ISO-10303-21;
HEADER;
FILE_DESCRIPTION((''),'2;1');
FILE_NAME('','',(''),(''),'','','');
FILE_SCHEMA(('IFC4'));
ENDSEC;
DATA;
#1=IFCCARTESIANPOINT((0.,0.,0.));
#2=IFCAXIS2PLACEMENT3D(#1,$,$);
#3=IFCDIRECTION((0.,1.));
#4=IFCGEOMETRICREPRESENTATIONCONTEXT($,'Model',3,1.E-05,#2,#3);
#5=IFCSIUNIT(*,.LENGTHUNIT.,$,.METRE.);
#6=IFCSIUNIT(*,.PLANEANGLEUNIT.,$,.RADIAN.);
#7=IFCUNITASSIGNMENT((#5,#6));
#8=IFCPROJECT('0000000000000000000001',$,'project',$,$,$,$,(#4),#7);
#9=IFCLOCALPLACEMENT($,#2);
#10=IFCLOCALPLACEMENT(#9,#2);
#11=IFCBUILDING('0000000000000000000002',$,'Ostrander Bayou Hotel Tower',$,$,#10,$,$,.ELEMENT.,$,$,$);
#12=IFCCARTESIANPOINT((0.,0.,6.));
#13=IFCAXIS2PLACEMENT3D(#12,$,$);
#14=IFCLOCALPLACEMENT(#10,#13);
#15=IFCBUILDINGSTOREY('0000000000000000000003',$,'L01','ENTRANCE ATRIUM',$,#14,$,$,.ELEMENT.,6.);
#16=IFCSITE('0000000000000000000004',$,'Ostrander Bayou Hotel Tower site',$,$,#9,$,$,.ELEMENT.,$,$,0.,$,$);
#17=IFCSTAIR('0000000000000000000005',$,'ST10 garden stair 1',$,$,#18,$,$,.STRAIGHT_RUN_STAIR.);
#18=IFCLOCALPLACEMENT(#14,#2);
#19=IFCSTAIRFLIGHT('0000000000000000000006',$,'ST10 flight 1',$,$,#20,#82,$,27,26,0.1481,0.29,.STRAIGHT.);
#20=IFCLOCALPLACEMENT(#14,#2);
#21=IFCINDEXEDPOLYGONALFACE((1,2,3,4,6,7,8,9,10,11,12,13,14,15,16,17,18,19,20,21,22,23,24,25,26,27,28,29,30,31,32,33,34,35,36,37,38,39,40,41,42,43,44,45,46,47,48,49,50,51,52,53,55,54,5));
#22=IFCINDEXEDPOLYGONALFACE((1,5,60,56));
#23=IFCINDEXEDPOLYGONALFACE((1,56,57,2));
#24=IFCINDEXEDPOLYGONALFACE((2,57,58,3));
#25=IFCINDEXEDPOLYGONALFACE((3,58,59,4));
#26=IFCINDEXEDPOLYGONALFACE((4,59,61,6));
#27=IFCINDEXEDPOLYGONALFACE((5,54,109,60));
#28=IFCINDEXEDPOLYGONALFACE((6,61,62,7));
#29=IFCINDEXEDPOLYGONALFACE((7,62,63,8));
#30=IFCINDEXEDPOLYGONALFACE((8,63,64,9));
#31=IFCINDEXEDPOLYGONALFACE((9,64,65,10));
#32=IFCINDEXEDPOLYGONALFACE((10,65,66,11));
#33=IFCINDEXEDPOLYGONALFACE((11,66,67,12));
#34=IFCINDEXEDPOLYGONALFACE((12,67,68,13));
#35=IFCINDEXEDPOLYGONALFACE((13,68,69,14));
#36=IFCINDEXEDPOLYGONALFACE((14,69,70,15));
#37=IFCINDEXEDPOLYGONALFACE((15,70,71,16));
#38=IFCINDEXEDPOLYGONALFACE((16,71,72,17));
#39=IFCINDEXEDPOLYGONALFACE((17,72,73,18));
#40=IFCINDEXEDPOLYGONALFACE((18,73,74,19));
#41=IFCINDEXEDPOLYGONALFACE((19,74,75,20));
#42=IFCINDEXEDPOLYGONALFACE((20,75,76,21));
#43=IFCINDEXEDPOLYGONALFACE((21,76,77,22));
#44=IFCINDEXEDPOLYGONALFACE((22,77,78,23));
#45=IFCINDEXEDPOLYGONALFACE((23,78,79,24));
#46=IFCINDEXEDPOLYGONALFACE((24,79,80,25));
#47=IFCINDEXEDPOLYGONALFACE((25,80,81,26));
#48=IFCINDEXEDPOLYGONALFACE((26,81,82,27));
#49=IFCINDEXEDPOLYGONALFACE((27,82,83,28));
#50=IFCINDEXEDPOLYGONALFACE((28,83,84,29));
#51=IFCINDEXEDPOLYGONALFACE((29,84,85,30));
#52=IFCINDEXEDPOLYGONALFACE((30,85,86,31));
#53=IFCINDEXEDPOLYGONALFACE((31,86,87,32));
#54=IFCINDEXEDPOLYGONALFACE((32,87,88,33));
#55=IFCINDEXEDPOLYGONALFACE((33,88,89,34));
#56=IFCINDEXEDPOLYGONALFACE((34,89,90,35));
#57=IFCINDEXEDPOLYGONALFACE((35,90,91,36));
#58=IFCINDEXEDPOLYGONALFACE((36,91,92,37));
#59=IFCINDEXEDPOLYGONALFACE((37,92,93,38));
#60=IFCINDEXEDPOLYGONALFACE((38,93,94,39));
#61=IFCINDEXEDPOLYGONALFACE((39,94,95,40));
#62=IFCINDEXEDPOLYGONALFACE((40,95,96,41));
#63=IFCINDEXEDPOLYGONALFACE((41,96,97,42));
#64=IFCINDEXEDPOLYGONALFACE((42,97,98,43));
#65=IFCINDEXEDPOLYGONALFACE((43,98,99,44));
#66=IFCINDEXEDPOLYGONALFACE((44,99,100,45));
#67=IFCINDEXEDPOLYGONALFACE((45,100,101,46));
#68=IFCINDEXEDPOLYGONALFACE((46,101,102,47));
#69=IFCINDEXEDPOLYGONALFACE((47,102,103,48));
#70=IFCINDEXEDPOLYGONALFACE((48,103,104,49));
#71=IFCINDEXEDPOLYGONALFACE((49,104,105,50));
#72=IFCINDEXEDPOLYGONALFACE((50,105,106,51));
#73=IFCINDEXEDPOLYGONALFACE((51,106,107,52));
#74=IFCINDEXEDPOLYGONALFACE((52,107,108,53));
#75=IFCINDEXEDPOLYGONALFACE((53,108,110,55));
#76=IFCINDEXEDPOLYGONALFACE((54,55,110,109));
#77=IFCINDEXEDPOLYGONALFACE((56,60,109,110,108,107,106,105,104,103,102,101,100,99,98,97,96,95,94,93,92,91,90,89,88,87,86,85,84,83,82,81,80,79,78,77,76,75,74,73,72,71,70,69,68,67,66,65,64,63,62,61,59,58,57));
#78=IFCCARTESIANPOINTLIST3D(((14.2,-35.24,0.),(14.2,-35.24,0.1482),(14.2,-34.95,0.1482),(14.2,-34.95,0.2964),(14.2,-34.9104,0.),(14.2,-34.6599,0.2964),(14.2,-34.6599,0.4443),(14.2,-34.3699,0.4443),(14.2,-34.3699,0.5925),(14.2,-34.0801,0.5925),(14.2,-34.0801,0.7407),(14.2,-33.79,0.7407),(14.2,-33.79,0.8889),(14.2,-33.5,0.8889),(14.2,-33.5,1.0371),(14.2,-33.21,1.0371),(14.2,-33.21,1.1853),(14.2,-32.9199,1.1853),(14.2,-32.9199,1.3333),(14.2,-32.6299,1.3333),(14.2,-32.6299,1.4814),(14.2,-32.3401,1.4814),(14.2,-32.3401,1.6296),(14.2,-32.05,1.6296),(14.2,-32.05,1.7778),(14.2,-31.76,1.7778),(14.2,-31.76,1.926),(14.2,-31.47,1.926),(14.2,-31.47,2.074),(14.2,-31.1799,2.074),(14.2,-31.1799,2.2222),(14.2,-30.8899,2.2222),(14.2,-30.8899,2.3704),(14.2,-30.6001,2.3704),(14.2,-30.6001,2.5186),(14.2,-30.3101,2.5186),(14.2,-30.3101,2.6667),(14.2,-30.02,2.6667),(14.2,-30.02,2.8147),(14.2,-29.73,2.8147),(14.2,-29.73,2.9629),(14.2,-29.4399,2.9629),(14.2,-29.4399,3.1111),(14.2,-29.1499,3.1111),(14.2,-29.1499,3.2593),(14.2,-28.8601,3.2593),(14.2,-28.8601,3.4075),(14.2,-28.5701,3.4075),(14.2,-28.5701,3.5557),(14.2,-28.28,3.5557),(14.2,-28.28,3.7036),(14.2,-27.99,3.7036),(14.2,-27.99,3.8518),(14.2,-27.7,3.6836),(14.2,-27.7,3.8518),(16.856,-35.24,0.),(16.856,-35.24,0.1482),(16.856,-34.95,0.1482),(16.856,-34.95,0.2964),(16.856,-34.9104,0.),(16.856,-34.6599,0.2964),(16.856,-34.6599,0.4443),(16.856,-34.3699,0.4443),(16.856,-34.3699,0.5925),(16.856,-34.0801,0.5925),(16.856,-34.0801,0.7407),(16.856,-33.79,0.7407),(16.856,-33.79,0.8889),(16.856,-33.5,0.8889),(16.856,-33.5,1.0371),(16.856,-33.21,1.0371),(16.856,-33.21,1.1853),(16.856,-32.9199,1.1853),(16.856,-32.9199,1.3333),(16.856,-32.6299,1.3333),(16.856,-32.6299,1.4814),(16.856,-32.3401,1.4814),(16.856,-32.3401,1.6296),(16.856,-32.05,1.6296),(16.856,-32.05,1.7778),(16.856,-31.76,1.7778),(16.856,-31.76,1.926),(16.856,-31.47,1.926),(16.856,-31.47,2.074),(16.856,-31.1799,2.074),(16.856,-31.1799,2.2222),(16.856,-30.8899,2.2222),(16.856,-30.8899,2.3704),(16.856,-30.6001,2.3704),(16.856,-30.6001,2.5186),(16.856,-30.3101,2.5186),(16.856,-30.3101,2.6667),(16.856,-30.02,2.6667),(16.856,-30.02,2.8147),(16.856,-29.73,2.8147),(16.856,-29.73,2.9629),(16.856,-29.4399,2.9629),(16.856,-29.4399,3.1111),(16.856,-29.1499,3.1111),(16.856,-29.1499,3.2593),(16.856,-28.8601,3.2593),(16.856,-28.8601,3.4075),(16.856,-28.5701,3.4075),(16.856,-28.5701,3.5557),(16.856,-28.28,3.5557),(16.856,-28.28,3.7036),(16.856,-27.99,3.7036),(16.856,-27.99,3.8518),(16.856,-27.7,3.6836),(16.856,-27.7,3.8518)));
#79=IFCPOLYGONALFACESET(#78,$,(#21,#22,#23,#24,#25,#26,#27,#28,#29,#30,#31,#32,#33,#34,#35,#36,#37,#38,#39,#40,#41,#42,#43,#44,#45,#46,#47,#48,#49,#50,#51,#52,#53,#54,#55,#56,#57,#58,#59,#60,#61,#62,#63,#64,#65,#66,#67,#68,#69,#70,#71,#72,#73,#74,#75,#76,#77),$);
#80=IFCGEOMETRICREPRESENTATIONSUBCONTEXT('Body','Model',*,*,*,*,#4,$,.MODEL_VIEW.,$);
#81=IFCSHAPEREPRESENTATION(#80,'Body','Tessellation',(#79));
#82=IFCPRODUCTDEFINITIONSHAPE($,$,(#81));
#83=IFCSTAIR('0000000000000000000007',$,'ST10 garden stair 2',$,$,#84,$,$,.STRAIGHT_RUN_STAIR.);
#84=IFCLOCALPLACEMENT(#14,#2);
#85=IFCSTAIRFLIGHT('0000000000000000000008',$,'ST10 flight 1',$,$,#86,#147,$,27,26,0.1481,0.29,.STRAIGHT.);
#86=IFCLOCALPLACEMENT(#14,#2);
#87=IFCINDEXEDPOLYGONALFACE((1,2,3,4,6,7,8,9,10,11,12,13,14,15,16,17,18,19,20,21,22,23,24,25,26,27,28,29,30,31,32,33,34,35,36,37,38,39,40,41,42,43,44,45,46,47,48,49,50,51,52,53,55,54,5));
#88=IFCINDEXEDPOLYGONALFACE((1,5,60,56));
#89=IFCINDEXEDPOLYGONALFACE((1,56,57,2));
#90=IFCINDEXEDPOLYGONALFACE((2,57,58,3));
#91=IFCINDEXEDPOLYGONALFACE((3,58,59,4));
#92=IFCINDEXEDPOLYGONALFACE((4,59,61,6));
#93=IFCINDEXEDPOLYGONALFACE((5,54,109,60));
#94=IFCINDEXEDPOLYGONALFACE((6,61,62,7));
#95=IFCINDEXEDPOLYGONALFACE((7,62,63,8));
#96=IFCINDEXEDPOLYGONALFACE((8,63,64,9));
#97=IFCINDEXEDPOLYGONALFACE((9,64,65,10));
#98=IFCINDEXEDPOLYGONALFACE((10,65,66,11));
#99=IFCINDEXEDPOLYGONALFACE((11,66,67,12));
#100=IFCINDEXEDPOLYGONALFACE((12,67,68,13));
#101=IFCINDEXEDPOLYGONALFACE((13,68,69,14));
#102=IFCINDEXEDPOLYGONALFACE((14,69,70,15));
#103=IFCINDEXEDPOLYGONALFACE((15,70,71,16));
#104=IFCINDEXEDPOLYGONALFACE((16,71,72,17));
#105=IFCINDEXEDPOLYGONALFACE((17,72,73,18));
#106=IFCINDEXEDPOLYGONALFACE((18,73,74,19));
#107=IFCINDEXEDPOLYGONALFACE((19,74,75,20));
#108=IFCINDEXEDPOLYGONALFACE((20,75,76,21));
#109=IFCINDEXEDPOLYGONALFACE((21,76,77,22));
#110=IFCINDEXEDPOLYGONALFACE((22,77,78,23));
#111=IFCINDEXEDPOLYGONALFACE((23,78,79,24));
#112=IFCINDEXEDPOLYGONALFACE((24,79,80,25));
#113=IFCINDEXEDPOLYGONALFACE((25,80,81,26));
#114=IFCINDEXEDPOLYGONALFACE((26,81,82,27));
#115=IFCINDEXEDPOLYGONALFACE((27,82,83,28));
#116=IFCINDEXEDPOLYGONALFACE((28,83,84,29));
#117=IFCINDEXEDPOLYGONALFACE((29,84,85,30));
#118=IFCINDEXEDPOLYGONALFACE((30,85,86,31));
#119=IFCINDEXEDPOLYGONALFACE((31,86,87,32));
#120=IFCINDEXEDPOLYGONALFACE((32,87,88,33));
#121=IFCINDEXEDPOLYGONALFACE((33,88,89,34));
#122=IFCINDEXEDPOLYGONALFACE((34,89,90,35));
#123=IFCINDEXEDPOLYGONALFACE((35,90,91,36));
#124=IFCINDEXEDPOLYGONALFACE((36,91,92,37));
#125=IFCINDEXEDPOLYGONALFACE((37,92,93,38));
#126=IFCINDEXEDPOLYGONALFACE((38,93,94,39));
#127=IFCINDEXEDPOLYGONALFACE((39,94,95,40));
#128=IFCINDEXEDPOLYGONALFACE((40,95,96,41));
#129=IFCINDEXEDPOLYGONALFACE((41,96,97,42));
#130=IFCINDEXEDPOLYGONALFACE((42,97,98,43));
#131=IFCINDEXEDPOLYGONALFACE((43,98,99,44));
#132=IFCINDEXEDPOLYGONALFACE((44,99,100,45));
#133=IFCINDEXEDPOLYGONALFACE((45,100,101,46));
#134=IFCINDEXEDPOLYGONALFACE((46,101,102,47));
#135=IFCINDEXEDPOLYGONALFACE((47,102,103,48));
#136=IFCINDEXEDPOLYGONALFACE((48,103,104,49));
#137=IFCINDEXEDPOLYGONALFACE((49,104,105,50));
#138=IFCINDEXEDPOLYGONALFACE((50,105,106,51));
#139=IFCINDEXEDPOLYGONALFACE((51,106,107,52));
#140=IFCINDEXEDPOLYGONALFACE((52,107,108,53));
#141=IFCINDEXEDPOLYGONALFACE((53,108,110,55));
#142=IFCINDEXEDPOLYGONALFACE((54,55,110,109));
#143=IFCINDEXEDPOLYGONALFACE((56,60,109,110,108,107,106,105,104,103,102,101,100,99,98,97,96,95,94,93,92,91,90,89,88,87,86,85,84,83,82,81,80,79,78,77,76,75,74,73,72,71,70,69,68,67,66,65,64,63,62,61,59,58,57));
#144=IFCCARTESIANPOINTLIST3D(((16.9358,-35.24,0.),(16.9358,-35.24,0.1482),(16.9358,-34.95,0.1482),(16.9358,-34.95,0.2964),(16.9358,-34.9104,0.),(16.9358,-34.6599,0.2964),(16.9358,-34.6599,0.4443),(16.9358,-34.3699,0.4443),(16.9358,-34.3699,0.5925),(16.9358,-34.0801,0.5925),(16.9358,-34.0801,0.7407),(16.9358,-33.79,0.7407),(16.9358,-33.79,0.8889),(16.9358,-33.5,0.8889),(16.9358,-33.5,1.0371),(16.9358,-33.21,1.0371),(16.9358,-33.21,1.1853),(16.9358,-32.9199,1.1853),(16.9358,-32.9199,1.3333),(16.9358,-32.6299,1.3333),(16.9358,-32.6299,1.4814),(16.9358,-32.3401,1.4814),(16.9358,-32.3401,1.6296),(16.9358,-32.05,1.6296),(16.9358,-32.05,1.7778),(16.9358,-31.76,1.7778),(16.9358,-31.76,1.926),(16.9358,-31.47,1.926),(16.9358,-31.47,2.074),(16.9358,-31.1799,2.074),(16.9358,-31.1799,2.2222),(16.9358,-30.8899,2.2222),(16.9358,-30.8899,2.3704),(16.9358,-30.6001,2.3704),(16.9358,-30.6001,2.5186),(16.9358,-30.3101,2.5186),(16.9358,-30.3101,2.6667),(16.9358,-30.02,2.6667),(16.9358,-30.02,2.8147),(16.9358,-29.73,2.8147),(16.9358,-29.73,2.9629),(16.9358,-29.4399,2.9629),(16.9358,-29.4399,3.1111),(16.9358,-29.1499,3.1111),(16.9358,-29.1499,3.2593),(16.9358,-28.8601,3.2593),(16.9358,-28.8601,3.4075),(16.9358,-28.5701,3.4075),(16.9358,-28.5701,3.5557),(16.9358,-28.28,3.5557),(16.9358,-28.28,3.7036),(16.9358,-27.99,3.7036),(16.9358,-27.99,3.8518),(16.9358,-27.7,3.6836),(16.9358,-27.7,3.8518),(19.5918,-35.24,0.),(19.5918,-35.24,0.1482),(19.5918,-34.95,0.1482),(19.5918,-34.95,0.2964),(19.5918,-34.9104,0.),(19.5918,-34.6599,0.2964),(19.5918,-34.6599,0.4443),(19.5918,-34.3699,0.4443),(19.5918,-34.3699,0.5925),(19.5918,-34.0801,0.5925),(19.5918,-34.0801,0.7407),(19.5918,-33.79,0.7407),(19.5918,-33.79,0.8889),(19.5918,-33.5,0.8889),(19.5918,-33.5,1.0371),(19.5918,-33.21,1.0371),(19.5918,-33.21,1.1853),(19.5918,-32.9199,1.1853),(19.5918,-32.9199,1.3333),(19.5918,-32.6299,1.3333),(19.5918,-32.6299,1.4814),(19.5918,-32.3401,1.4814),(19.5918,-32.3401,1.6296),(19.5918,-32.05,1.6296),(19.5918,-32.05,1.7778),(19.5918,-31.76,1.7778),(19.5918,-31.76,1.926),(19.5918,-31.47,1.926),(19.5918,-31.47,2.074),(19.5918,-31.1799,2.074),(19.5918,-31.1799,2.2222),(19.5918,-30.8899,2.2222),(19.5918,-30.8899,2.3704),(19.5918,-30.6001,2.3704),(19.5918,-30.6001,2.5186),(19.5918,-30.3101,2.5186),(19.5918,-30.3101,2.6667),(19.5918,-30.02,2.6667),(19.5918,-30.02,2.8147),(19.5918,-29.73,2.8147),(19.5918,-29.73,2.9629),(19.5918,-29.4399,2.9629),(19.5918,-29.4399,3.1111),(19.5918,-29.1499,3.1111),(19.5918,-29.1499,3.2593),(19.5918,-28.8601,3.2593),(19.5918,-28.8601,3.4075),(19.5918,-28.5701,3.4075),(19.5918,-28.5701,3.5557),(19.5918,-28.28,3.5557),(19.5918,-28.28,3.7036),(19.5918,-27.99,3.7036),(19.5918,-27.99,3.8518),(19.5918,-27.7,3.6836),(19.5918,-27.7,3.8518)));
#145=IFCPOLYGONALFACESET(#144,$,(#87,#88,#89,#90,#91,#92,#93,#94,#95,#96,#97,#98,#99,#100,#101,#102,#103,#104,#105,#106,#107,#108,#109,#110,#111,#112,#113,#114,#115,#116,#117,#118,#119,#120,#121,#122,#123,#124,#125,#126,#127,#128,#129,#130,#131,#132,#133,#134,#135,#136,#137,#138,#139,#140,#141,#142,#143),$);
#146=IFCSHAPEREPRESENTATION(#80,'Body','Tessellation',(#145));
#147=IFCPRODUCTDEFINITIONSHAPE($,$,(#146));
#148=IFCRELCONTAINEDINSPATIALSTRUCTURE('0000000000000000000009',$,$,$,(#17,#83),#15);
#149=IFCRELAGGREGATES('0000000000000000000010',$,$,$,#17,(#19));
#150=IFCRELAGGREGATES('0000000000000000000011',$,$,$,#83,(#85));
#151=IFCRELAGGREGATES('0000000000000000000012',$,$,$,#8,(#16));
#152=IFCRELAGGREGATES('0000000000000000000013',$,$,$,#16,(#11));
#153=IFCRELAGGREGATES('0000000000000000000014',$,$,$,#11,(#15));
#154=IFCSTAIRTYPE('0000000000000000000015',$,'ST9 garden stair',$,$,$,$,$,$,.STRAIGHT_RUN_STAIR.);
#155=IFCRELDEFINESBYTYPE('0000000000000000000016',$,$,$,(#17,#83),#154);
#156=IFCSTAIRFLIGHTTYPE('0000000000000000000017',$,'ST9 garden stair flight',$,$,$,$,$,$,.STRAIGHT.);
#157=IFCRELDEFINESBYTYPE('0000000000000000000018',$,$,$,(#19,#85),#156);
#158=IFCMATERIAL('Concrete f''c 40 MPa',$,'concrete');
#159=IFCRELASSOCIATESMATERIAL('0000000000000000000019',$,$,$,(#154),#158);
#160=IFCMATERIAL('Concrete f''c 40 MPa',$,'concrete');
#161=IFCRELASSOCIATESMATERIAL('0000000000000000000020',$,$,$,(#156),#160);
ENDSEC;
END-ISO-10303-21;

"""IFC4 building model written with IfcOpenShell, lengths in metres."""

from ifc_helpers import new_model, si_unit, direction, frame, origin, place, context, subcontext, project, spatial, polyline, outline, extrude, material, type_object, element, aggregate, save


model = new_model("IFC4")

# Units and contexts
model_context = context("Model", 3, precision=1e-05, world=origin(), true_north=direction((0.0, 1.0)))
body_context = subcontext(model_context, "Body", "Model", "MODEL_VIEW")
ifc_project = project(units=[si_unit("LENGTHUNIT", "METRE"), si_unit("PLANEANGLEUNIT", "RADIAN")], contexts=[model_context])

# Site, building, storey
site_placement = place(None, origin())
site = spatial("IfcSite", under=ifc_project, at=site_placement, Name="Ostrander Bayou Hotel Tower site", CompositionType="ELEMENT", RefElevation=0.0)
building_placement = place(site_placement, origin())
building = spatial("IfcBuilding", under=site, at=building_placement, Name="Ostrander Bayou Hotel Tower", CompositionType="ELEMENT")
storey_placement = place(building_placement, frame((0.0, 0.0, 6.0)))
storey = spatial("IfcBuildingStorey", under=building, at=storey_placement, Name="L01", Description="ENTRANCE ATRIUM", CompositionType="ELEMENT", Elevation=6.0)

# Stairs, stair flights
ifc_material_1 = material(Name="Concrete f'c 40 MPa", Category="concrete")
stair_type = type_object("IfcStairType", Name="ST9 garden stair", PredefinedType="STRAIGHT_RUN_STAIR", material=ifc_material_1)
stair_1_placement = place(storey_placement, origin())
stair_1 = element("IfcStair", 1, at=stair_1_placement, inside=storey, type_object=stair_type, Name="ST10 garden stair 1", PredefinedType="STRAIGHT_RUN_STAIR")
ifc_material_2 = material(Name="Concrete f'c 40 MPa", Category="concrete")
stair_flight_type = type_object("IfcStairFlightType", Name="ST9 garden stair flight", PredefinedType="STRAIGHT", material=ifc_material_2)
stair_flight_1_placement = place(storey_placement, frame((15.5281, -35.24, 0.0), z_axis=(0.0, 0.0, 1.0), x_axis=(0.0, 1.0, 0.0)))
stair_flight_1 = element("IfcStairFlight", 2, at=stair_flight_1_placement, type_object=stair_flight_type, Name="ST10 flight 1", NumberOfRisers=27, NumberOfTreads=26, PredefinedType="STRAIGHT", RiserHeight=0.1481, TreadLength=0.29, context=body_context, shape_type="SweptSolid", body=[
    extrude(outline(polyline([(0.0, 0.0), (0.0, 0.1482), (0.29, 0.1482), (0.29, 0.2964), (0.5801, 0.2964), (0.5801, 0.4443), (0.8701, 0.4443), (0.8701, 0.5925), (1.1599, 0.5925), (1.1599, 0.7407), (1.45, 0.7407), (1.45, 0.8889), (1.74, 0.8889), (1.74, 1.0371), (2.03, 1.0371), (2.03, 1.1853), (2.3201, 1.1853), (2.3201, 1.3333), (2.6101, 1.3333), (2.6101, 1.4814), (2.8999, 1.4814), (2.8999, 1.6296), (3.1899, 1.6296), (3.1899, 1.7778), (3.48, 1.7778), (3.48, 1.926), (3.77, 1.926), (3.77, 2.074), (4.0601, 2.074), (4.0601, 2.2222), (4.3501, 2.2222), (4.3501, 2.3704), (4.6399, 2.3704), (4.6399, 2.5186), (4.9299, 2.5186), (4.9299, 2.6667), (5.22, 2.6667), (5.22, 2.8147), (5.51, 2.8147), (5.51, 2.9629), (5.8, 2.9629), (5.8, 3.1111), (6.0901, 3.1111), (6.0901, 3.2593), (6.3799, 3.2593), (6.3799, 3.4075), (6.6699, 3.4075), (6.6699, 3.5557), (6.96, 3.5557), (6.96, 3.7036), (7.25, 3.7036), (7.25, 3.8518), (7.54, 3.8518), (7.54, 4.0), (7.54, 3.6836), (0.3296, 0.0), (0.0, 0.0)])), frame((0.0, 1.3281, 0.0), z_axis=(0.0, -1.0, 0.0), x_axis=(1.0, 0.0, 0.0)), (0.0, 0.0, 1.0), 2.656),
])
aggregate(stair_1, [stair_flight_1])
stair_2_placement = place(storey_placement, origin())
stair_2 = element("IfcStair", 3, at=stair_2_placement, inside=storey, type_object=stair_type, Name="ST10 garden stair 2", PredefinedType="STRAIGHT_RUN_STAIR")
stair_flight_2_placement = place(storey_placement, frame((18.2639, -35.24, 0.0), z_axis=(0.0, 0.0, 1.0), x_axis=(0.0, 1.0, 0.0)))
stair_flight_2 = element("IfcStairFlight", 4, at=stair_flight_2_placement, type_object=stair_flight_type, Name="ST10 flight 1", NumberOfRisers=27, NumberOfTreads=26, PredefinedType="STRAIGHT", RiserHeight=0.1481, TreadLength=0.29, context=body_context, shape_type="SweptSolid", body=[
    extrude(outline(polyline([(0.0, 0.0), (0.0, 0.1482), (0.29, 0.1482), (0.29, 0.2964), (0.5801, 0.2964), (0.5801, 0.4443), (0.8701, 0.4443), (0.8701, 0.5925), (1.1599, 0.5925), (1.1599, 0.7407), (1.45, 0.7407), (1.45, 0.8889), (1.74, 0.8889), (1.74, 1.0371), (2.03, 1.0371), (2.03, 1.1853), (2.3201, 1.1853), (2.3201, 1.3333), (2.6101, 1.3333), (2.6101, 1.4814), (2.8999, 1.4814), (2.8999, 1.6296), (3.1899, 1.6296), (3.1899, 1.7778), (3.48, 1.7778), (3.48, 1.926), (3.77, 1.926), (3.77, 2.074), (4.0601, 2.074), (4.0601, 2.2222), (4.3501, 2.2222), (4.3501, 2.3704), (4.6399, 2.3704), (4.6399, 2.5186), (4.9299, 2.5186), (4.9299, 2.6667), (5.22, 2.6667), (5.22, 2.8147), (5.51, 2.8147), (5.51, 2.9629), (5.8, 2.9629), (5.8, 3.1111), (6.0901, 3.1111), (6.0901, 3.2593), (6.3799, 3.2593), (6.3799, 3.4075), (6.6699, 3.4075), (6.6699, 3.5557), (6.96, 3.5557), (6.96, 3.7036), (7.25, 3.7036), (7.25, 3.8518), (7.54, 3.8518), (7.54, 4.0), (7.54, 3.6836), (0.3296, 0.0), (0.0, 0.0)])), frame((0.0, 1.3281, 0.0), z_axis=(0.0, -1.0, 0.0), x_axis=(1.0, 0.0, 0.0)), (0.0, 0.0, 1.0), 2.656),
])
aggregate(stair_2, [stair_flight_2])

save(model, "model.ifc")
